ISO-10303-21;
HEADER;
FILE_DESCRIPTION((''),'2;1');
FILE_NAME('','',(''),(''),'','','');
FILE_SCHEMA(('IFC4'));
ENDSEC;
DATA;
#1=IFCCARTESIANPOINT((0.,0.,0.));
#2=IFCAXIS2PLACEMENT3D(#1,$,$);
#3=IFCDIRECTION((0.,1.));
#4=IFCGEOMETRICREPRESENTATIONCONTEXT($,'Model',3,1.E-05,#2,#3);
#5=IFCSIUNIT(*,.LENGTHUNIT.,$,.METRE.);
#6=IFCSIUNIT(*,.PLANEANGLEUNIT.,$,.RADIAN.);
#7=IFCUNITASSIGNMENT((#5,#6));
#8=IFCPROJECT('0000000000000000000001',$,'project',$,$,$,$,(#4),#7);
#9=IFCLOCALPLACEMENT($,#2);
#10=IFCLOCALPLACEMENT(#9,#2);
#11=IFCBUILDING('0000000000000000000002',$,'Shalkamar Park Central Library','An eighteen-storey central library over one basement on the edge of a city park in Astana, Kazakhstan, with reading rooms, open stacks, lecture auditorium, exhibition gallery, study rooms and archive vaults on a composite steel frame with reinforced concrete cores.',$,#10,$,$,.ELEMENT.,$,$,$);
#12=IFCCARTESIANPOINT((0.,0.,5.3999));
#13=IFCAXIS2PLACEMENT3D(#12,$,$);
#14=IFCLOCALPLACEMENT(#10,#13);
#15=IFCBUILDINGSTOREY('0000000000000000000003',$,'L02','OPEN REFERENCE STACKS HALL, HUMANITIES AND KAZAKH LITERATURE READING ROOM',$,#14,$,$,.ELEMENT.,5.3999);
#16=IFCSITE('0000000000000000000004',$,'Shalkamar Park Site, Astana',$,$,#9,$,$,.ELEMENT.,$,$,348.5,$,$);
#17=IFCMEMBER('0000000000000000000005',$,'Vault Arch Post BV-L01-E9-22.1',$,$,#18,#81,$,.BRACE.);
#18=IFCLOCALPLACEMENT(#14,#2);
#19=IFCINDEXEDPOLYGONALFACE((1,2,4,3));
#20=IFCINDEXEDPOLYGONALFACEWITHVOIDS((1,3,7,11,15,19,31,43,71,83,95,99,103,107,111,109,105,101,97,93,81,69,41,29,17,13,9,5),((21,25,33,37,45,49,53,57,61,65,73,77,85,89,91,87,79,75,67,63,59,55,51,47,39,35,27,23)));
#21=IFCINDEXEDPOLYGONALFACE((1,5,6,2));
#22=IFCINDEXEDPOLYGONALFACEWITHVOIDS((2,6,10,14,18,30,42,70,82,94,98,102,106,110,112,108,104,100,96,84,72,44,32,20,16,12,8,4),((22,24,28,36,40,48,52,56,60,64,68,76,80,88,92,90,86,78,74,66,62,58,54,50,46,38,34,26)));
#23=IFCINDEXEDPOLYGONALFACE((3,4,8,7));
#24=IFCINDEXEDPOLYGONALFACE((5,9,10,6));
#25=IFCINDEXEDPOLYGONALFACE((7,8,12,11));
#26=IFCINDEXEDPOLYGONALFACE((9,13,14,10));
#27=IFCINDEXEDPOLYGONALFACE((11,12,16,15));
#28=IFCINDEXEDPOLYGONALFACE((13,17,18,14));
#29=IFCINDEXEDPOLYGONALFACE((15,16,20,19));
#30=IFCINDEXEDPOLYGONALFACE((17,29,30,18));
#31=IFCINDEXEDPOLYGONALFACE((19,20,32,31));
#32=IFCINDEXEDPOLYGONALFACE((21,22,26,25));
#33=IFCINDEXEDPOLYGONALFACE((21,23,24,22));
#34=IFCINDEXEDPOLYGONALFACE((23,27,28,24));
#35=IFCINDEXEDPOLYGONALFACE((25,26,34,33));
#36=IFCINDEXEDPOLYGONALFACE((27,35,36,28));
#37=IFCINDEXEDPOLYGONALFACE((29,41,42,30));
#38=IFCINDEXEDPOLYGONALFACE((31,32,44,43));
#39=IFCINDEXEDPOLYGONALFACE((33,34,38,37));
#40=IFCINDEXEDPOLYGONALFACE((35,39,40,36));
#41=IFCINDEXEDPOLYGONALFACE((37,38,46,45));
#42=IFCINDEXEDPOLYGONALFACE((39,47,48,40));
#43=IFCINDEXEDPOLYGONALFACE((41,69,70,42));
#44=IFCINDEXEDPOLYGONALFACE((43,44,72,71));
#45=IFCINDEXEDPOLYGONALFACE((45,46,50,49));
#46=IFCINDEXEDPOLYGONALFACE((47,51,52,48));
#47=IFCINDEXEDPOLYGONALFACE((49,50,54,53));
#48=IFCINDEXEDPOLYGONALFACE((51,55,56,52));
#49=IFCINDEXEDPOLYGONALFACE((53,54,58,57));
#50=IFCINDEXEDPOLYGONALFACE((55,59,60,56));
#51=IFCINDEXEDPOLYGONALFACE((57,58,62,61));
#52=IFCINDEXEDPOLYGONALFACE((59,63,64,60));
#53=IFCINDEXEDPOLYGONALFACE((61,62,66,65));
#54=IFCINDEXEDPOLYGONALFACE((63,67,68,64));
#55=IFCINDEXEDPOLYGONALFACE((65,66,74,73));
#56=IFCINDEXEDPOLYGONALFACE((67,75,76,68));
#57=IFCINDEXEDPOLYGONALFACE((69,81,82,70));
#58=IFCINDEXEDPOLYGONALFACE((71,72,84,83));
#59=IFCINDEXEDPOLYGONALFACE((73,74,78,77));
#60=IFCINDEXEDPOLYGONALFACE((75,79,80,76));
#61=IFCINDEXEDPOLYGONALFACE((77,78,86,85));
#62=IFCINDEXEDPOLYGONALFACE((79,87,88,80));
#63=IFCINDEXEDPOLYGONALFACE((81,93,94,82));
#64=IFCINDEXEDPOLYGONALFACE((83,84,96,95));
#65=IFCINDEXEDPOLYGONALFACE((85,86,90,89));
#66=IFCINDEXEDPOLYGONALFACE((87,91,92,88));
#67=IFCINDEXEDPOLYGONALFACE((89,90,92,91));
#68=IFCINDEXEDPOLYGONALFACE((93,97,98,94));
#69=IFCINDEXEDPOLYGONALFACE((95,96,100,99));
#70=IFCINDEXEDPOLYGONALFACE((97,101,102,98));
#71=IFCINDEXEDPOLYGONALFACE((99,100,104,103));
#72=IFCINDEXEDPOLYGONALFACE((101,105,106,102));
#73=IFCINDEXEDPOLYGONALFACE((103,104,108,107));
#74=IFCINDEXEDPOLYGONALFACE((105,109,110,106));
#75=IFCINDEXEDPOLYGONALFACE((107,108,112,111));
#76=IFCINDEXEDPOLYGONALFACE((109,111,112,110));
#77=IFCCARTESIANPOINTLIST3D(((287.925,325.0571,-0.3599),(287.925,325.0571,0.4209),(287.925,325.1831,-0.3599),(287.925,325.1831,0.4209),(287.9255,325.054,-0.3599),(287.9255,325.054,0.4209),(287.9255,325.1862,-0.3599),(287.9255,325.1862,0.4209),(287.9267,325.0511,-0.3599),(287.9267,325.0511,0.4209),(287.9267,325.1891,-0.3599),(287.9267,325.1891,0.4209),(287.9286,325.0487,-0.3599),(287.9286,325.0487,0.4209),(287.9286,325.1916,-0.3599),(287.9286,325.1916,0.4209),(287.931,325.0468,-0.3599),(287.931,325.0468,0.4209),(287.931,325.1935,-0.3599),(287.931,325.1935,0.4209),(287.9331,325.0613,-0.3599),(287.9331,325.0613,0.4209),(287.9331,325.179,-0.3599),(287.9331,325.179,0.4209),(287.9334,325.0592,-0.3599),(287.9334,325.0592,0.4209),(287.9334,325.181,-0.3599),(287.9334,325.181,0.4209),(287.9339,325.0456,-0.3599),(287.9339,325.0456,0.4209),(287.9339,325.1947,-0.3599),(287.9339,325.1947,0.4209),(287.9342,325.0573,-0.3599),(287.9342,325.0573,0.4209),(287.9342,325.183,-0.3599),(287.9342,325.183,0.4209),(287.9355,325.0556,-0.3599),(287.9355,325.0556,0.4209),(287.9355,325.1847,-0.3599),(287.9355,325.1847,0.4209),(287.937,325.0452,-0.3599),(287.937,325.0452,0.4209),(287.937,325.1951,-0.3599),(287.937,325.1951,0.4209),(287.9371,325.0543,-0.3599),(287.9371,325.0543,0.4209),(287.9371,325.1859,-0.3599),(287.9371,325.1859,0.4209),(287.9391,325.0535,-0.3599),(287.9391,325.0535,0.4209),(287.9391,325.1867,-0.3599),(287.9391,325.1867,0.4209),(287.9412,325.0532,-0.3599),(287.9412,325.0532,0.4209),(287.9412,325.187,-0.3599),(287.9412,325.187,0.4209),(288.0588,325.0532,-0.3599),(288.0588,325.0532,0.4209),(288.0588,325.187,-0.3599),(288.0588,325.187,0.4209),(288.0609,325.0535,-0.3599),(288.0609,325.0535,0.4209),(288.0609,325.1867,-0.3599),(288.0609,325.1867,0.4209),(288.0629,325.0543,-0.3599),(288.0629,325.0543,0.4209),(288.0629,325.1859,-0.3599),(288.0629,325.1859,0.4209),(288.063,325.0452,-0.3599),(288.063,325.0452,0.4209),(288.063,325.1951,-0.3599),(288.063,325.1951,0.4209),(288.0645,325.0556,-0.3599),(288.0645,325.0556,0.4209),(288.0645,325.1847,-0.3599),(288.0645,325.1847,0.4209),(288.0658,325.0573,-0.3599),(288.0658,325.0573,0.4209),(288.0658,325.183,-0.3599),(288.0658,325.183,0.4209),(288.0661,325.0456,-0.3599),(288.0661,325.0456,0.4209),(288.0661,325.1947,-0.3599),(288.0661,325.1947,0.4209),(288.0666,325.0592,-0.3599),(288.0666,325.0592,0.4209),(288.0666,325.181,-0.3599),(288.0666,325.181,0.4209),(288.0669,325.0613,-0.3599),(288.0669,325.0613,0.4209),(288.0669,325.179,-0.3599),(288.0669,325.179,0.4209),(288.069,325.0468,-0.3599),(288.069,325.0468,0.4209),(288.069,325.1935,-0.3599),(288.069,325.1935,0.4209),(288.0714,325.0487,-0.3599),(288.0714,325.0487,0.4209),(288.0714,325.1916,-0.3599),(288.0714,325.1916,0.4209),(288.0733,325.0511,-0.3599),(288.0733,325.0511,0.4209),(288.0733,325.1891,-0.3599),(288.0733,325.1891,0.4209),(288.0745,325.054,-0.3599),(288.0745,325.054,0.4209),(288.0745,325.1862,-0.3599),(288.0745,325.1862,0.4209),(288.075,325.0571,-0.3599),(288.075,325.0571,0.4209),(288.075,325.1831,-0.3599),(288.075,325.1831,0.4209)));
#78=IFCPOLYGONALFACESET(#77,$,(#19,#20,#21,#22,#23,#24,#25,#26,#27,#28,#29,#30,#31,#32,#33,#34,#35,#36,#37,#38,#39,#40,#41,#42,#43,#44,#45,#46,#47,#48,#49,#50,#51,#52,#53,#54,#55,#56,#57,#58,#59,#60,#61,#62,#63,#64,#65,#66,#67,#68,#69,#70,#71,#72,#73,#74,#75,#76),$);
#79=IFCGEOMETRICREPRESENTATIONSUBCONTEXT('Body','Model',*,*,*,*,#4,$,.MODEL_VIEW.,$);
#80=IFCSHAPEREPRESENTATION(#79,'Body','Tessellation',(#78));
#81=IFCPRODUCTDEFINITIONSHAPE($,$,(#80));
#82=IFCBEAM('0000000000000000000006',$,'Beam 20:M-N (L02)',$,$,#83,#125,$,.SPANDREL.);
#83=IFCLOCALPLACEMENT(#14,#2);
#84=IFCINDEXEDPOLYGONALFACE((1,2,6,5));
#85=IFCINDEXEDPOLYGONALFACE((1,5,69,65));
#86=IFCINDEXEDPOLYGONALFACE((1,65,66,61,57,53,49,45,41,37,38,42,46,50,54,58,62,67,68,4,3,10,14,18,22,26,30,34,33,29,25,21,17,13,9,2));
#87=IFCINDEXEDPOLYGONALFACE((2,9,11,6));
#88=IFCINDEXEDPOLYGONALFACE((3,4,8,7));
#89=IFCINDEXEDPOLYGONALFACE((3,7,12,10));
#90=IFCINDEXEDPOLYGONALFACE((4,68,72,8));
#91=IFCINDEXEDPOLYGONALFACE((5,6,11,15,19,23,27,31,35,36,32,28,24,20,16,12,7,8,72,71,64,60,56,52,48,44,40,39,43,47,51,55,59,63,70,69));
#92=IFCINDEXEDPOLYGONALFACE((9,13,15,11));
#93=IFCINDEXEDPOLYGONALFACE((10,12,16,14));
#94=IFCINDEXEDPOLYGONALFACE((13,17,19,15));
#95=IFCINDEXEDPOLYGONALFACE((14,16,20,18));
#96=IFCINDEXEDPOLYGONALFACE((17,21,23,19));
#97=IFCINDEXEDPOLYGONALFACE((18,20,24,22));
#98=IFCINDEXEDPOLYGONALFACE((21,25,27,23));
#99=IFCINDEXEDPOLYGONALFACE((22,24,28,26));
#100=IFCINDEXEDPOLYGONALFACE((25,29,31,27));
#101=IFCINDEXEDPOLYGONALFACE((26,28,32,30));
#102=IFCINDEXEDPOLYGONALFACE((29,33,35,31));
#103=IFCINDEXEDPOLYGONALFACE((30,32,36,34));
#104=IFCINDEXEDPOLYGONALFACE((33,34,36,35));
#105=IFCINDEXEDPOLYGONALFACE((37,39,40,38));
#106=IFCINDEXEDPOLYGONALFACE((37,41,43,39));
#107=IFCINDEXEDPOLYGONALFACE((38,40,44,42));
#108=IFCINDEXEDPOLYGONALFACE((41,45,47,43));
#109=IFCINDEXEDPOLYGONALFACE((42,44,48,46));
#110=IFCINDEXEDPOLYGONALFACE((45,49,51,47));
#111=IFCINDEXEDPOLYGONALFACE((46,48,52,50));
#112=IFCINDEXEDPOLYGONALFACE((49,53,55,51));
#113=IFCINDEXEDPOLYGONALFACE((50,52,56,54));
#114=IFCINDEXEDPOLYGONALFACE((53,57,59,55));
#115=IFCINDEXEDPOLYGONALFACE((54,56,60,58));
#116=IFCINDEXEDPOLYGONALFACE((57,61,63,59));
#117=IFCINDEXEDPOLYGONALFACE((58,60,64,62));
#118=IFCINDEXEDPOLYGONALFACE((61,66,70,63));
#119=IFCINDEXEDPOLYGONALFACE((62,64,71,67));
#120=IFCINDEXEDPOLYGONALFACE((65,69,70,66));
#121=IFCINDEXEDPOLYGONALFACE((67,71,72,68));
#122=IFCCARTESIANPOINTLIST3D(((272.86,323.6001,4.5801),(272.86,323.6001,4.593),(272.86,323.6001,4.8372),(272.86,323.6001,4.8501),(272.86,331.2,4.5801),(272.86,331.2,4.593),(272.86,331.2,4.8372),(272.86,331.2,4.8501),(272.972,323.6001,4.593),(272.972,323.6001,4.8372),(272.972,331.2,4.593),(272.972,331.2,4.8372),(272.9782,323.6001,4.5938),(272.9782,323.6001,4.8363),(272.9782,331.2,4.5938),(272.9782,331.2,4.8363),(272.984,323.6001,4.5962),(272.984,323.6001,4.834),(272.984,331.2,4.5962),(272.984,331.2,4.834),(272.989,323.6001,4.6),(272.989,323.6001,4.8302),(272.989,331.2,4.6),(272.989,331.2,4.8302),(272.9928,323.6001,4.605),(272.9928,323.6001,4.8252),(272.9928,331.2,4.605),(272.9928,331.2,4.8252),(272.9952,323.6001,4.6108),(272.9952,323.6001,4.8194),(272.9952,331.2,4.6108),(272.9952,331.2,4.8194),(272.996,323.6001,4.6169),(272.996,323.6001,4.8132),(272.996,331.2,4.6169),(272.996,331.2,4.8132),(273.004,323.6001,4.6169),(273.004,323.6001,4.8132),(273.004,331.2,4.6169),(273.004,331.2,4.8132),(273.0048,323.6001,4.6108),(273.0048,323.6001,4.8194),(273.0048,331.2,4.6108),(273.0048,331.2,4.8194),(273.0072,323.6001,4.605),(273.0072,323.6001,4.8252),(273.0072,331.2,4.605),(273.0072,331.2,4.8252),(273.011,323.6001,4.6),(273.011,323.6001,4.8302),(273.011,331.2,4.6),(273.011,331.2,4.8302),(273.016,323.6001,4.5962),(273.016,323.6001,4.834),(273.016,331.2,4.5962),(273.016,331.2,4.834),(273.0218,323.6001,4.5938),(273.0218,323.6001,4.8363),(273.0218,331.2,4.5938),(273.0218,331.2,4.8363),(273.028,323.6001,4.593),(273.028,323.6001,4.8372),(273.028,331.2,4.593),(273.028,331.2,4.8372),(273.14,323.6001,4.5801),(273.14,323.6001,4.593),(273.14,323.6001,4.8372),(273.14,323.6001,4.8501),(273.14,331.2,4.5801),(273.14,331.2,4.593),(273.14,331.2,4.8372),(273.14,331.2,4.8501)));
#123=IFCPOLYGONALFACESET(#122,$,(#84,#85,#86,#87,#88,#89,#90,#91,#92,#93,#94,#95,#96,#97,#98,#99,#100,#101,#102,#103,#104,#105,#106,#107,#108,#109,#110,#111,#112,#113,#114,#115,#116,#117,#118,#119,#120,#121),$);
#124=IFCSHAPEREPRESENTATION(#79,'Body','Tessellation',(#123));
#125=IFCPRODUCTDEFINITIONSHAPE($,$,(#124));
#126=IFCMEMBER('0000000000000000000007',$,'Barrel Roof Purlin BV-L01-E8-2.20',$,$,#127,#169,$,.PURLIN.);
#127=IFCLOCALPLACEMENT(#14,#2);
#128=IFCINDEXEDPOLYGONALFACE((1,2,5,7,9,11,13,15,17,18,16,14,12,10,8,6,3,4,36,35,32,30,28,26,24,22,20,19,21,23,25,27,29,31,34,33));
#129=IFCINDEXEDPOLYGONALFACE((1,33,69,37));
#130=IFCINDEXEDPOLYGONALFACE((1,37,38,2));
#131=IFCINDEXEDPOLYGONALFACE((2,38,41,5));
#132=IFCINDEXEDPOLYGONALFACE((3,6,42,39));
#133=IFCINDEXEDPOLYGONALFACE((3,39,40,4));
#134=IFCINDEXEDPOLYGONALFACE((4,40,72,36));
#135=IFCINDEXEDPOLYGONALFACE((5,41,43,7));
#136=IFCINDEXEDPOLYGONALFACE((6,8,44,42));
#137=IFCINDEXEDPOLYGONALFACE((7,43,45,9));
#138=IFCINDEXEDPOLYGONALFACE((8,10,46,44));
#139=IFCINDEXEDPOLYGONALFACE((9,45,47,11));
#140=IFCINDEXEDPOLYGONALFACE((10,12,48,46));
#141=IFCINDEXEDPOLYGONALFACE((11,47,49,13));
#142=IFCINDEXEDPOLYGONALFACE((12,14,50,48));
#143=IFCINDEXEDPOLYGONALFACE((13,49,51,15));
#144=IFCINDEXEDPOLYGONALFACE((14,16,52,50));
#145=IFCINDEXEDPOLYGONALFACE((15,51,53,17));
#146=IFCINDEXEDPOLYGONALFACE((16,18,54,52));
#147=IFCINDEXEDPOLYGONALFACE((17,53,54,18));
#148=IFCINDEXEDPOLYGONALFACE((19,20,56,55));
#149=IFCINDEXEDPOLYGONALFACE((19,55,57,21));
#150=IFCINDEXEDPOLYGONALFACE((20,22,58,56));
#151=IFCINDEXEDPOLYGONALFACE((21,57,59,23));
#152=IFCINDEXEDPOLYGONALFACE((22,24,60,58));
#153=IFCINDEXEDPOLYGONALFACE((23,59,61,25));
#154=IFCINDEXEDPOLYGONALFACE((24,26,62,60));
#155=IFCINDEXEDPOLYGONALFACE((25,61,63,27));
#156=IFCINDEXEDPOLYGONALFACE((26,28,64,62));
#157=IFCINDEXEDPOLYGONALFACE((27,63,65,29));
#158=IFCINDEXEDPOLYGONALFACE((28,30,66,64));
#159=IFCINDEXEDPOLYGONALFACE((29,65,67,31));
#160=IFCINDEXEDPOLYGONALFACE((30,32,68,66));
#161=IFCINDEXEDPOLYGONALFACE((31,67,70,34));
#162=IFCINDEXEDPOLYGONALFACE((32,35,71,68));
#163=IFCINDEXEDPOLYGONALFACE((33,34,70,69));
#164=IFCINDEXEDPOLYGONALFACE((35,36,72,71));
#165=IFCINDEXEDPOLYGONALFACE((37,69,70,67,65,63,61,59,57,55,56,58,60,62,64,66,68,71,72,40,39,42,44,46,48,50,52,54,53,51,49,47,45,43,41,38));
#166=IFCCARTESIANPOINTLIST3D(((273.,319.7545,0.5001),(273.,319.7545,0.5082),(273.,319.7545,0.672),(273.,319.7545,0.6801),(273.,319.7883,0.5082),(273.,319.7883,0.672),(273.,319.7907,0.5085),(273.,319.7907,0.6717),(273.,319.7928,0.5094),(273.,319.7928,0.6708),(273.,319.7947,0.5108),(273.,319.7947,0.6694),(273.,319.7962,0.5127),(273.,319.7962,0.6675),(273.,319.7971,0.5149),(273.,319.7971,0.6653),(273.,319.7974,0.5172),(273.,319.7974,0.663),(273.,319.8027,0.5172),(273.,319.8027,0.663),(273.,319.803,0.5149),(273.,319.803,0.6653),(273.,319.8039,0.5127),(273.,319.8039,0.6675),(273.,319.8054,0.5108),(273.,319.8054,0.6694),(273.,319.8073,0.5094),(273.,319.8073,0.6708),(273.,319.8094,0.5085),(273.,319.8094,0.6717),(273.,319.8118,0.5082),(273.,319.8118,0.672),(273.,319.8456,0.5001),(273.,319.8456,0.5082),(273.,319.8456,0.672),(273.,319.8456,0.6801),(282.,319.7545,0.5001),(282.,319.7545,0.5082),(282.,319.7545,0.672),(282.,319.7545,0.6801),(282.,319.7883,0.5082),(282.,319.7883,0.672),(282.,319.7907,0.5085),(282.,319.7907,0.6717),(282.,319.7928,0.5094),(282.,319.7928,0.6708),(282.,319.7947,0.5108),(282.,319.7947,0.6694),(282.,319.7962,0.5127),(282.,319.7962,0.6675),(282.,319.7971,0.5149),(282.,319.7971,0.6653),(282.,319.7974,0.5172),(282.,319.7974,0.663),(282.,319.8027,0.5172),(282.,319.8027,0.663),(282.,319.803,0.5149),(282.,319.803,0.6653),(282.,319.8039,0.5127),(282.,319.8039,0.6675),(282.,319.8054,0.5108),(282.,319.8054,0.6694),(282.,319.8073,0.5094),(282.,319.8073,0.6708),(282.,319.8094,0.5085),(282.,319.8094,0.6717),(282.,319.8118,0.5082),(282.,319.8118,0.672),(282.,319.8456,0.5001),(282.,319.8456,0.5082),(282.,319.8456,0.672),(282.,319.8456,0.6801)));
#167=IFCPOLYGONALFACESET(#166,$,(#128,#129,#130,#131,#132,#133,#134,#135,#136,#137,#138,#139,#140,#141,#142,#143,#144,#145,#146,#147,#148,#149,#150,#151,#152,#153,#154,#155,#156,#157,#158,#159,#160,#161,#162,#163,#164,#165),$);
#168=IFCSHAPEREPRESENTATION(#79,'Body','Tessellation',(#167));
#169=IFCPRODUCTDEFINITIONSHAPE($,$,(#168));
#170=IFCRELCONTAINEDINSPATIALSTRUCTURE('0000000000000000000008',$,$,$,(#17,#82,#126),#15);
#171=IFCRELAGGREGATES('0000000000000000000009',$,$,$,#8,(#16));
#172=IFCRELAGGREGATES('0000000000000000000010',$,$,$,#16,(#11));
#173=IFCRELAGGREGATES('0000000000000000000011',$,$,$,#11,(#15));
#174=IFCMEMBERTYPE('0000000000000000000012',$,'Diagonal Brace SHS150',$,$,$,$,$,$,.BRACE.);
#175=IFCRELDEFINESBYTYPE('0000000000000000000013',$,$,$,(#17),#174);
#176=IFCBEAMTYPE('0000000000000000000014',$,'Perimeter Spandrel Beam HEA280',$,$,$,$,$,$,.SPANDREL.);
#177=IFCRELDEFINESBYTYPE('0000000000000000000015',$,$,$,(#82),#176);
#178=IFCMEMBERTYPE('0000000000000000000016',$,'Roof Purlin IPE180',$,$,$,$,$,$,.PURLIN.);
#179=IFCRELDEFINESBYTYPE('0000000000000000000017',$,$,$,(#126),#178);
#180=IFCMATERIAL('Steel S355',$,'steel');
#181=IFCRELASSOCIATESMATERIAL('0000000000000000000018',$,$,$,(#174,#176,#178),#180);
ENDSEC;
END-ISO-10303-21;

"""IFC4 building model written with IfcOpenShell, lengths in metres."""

from ifc_helpers import new_model, si_unit, direction, frame, origin, origin_2d, place, context, subcontext, project, spatial, hollow_rectangle, i_section, extrude, material, material_profile, profile_set, type_object, element, save


model = new_model("IFC4")

# Units and contexts
model_context = context("Model", 3, precision=1e-05, world=origin(), true_north=direction((0.0, 1.0)))
body_context = subcontext(model_context, "Body", "Model", "MODEL_VIEW")
ifc_project = project(units=[si_unit("LENGTHUNIT", "METRE"), si_unit("PLANEANGLEUNIT", "RADIAN")], contexts=[model_context])

# Site, building, storey
site_placement = place(None, origin())
site = spatial("IfcSite", under=ifc_project, at=site_placement, Name="Shalkamar Park Site, Astana", CompositionType="ELEMENT", RefElevation=348.5)
building_placement = place(site_placement, origin())
building = spatial("IfcBuilding", under=site, at=building_placement, Name="Shalkamar Park Central Library", Description="An eighteen-storey central library over one basement on the edge of a city park in Astana, Kazakhstan, with reading rooms, open stacks, lecture auditorium, exhibition gallery, study rooms and archive vaults on a composite steel frame with reinforced concrete cores.", CompositionType="ELEMENT")
storey_placement = place(building_placement, frame((0.0, 0.0, 5.3999)))
storey = spatial("IfcBuildingStorey", under=building, at=storey_placement, Name="L02", Description="OPEN REFERENCE STACKS HALL, HUMANITIES AND KAZAKH LITERATURE READING ROOM", CompositionType="ELEMENT", Elevation=5.3999)

# Shared definitions
ifc_material_1 = material(Name="Steel S355", Category="steel")

# Member
ifc_material_profile_1 = material_profile(ifc_material_1, hollow_rectangle(XDim=0.1499, YDim=0.1499, WallThickness=0.0081, InnerFilletRadius=0.0081, OuterFilletRadius=0.012, at=origin_2d()), Name="SHS 150x150x8")
ifc_profile_set_1 = profile_set([ifc_material_profile_1], Name="Steel S355")
member_type_1 = type_object("IfcMemberType", Name="Diagonal Brace SHS150", PredefinedType="BRACE", material=ifc_profile_set_1)
member_1_placement = place(storey_placement, frame((288.0, 325.1201, -0.3599), z_axis=(0.0, 0.0, 1.0), x_axis=(1.0, 0.0, 0.0)))
element("IfcMember", 1, at=member_1_placement, inside=storey, type_object=member_type_1, Name="Vault Arch Post BV-L01-E9-22.1", PredefinedType="BRACE", context=body_context, shape_type="SweptSolid", body=[
    extrude(hollow_rectangle(XDim=0.1499, YDim=0.1499, WallThickness=0.0081, InnerFilletRadius=0.0081, OuterFilletRadius=0.012, at=origin_2d()), origin(), (0.0, 0.0, 1.0), 0.7808),
])

# Beam
ifc_material_profile_2 = material_profile(ifc_material_1, i_section(OverallWidth=0.28, OverallDepth=0.27, WebThickness=0.0081, FlangeThickness=0.0129, FilletRadius=0.0239, at=origin_2d()), Name="HEA 280")
ifc_profile_set_2 = profile_set([ifc_material_profile_2], Name="Steel S355")
beam_type = type_object("IfcBeamType", Name="Perimeter Spandrel Beam HEA280", PredefinedType="SPANDREL", material=ifc_profile_set_2)
beam_placement = place(storey_placement, frame((273.0, 323.6001, 4.7151), z_axis=(0.0, 1.0, 0.0), x_axis=(-1.0, 0.0, 0.0)))
element("IfcBeam", 2, at=beam_placement, inside=storey, type_object=beam_type, Name="Beam 20:M-N (L02)", PredefinedType="SPANDREL", context=body_context, shape_type="SweptSolid", body=[
    extrude(i_section(OverallWidth=0.28, OverallDepth=0.27, WebThickness=0.0081, FlangeThickness=0.0129, FilletRadius=0.0239, at=origin_2d()), origin(), (0.0, 0.0, 1.0), 7.5999),
])

# Member
ifc_material_profile_3 = material_profile(ifc_material_1, i_section(OverallWidth=0.0911, OverallDepth=0.1799, WebThickness=0.0054, FlangeThickness=0.0081, FilletRadius=0.009, at=origin_2d()), Name="IPE 180")
ifc_profile_set_3 = profile_set([ifc_material_profile_3], Name="Steel S355")
member_type_2 = type_object("IfcMemberType", Name="Roof Purlin IPE180", PredefinedType="PURLIN", material=ifc_profile_set_3)
member_2_placement = place(storey_placement, frame((273.0, 319.8, 0.5901), z_axis=(1.0, 0.0, 0.0), x_axis=(0.0, 1.0, 0.0)))
element("IfcMember", 3, at=member_2_placement, inside=storey, type_object=member_type_2, Name="Barrel Roof Purlin BV-L01-E8-2.20", PredefinedType="PURLIN", context=body_context, shape_type="SweptSolid", body=[
    extrude(i_section(OverallWidth=0.0911, OverallDepth=0.1799, WebThickness=0.0054, FlangeThickness=0.0081, FilletRadius=0.009, at=origin_2d()), origin(), (0.0, 0.0, 1.0), 9.0),
])

save(model, "model.ifc")
